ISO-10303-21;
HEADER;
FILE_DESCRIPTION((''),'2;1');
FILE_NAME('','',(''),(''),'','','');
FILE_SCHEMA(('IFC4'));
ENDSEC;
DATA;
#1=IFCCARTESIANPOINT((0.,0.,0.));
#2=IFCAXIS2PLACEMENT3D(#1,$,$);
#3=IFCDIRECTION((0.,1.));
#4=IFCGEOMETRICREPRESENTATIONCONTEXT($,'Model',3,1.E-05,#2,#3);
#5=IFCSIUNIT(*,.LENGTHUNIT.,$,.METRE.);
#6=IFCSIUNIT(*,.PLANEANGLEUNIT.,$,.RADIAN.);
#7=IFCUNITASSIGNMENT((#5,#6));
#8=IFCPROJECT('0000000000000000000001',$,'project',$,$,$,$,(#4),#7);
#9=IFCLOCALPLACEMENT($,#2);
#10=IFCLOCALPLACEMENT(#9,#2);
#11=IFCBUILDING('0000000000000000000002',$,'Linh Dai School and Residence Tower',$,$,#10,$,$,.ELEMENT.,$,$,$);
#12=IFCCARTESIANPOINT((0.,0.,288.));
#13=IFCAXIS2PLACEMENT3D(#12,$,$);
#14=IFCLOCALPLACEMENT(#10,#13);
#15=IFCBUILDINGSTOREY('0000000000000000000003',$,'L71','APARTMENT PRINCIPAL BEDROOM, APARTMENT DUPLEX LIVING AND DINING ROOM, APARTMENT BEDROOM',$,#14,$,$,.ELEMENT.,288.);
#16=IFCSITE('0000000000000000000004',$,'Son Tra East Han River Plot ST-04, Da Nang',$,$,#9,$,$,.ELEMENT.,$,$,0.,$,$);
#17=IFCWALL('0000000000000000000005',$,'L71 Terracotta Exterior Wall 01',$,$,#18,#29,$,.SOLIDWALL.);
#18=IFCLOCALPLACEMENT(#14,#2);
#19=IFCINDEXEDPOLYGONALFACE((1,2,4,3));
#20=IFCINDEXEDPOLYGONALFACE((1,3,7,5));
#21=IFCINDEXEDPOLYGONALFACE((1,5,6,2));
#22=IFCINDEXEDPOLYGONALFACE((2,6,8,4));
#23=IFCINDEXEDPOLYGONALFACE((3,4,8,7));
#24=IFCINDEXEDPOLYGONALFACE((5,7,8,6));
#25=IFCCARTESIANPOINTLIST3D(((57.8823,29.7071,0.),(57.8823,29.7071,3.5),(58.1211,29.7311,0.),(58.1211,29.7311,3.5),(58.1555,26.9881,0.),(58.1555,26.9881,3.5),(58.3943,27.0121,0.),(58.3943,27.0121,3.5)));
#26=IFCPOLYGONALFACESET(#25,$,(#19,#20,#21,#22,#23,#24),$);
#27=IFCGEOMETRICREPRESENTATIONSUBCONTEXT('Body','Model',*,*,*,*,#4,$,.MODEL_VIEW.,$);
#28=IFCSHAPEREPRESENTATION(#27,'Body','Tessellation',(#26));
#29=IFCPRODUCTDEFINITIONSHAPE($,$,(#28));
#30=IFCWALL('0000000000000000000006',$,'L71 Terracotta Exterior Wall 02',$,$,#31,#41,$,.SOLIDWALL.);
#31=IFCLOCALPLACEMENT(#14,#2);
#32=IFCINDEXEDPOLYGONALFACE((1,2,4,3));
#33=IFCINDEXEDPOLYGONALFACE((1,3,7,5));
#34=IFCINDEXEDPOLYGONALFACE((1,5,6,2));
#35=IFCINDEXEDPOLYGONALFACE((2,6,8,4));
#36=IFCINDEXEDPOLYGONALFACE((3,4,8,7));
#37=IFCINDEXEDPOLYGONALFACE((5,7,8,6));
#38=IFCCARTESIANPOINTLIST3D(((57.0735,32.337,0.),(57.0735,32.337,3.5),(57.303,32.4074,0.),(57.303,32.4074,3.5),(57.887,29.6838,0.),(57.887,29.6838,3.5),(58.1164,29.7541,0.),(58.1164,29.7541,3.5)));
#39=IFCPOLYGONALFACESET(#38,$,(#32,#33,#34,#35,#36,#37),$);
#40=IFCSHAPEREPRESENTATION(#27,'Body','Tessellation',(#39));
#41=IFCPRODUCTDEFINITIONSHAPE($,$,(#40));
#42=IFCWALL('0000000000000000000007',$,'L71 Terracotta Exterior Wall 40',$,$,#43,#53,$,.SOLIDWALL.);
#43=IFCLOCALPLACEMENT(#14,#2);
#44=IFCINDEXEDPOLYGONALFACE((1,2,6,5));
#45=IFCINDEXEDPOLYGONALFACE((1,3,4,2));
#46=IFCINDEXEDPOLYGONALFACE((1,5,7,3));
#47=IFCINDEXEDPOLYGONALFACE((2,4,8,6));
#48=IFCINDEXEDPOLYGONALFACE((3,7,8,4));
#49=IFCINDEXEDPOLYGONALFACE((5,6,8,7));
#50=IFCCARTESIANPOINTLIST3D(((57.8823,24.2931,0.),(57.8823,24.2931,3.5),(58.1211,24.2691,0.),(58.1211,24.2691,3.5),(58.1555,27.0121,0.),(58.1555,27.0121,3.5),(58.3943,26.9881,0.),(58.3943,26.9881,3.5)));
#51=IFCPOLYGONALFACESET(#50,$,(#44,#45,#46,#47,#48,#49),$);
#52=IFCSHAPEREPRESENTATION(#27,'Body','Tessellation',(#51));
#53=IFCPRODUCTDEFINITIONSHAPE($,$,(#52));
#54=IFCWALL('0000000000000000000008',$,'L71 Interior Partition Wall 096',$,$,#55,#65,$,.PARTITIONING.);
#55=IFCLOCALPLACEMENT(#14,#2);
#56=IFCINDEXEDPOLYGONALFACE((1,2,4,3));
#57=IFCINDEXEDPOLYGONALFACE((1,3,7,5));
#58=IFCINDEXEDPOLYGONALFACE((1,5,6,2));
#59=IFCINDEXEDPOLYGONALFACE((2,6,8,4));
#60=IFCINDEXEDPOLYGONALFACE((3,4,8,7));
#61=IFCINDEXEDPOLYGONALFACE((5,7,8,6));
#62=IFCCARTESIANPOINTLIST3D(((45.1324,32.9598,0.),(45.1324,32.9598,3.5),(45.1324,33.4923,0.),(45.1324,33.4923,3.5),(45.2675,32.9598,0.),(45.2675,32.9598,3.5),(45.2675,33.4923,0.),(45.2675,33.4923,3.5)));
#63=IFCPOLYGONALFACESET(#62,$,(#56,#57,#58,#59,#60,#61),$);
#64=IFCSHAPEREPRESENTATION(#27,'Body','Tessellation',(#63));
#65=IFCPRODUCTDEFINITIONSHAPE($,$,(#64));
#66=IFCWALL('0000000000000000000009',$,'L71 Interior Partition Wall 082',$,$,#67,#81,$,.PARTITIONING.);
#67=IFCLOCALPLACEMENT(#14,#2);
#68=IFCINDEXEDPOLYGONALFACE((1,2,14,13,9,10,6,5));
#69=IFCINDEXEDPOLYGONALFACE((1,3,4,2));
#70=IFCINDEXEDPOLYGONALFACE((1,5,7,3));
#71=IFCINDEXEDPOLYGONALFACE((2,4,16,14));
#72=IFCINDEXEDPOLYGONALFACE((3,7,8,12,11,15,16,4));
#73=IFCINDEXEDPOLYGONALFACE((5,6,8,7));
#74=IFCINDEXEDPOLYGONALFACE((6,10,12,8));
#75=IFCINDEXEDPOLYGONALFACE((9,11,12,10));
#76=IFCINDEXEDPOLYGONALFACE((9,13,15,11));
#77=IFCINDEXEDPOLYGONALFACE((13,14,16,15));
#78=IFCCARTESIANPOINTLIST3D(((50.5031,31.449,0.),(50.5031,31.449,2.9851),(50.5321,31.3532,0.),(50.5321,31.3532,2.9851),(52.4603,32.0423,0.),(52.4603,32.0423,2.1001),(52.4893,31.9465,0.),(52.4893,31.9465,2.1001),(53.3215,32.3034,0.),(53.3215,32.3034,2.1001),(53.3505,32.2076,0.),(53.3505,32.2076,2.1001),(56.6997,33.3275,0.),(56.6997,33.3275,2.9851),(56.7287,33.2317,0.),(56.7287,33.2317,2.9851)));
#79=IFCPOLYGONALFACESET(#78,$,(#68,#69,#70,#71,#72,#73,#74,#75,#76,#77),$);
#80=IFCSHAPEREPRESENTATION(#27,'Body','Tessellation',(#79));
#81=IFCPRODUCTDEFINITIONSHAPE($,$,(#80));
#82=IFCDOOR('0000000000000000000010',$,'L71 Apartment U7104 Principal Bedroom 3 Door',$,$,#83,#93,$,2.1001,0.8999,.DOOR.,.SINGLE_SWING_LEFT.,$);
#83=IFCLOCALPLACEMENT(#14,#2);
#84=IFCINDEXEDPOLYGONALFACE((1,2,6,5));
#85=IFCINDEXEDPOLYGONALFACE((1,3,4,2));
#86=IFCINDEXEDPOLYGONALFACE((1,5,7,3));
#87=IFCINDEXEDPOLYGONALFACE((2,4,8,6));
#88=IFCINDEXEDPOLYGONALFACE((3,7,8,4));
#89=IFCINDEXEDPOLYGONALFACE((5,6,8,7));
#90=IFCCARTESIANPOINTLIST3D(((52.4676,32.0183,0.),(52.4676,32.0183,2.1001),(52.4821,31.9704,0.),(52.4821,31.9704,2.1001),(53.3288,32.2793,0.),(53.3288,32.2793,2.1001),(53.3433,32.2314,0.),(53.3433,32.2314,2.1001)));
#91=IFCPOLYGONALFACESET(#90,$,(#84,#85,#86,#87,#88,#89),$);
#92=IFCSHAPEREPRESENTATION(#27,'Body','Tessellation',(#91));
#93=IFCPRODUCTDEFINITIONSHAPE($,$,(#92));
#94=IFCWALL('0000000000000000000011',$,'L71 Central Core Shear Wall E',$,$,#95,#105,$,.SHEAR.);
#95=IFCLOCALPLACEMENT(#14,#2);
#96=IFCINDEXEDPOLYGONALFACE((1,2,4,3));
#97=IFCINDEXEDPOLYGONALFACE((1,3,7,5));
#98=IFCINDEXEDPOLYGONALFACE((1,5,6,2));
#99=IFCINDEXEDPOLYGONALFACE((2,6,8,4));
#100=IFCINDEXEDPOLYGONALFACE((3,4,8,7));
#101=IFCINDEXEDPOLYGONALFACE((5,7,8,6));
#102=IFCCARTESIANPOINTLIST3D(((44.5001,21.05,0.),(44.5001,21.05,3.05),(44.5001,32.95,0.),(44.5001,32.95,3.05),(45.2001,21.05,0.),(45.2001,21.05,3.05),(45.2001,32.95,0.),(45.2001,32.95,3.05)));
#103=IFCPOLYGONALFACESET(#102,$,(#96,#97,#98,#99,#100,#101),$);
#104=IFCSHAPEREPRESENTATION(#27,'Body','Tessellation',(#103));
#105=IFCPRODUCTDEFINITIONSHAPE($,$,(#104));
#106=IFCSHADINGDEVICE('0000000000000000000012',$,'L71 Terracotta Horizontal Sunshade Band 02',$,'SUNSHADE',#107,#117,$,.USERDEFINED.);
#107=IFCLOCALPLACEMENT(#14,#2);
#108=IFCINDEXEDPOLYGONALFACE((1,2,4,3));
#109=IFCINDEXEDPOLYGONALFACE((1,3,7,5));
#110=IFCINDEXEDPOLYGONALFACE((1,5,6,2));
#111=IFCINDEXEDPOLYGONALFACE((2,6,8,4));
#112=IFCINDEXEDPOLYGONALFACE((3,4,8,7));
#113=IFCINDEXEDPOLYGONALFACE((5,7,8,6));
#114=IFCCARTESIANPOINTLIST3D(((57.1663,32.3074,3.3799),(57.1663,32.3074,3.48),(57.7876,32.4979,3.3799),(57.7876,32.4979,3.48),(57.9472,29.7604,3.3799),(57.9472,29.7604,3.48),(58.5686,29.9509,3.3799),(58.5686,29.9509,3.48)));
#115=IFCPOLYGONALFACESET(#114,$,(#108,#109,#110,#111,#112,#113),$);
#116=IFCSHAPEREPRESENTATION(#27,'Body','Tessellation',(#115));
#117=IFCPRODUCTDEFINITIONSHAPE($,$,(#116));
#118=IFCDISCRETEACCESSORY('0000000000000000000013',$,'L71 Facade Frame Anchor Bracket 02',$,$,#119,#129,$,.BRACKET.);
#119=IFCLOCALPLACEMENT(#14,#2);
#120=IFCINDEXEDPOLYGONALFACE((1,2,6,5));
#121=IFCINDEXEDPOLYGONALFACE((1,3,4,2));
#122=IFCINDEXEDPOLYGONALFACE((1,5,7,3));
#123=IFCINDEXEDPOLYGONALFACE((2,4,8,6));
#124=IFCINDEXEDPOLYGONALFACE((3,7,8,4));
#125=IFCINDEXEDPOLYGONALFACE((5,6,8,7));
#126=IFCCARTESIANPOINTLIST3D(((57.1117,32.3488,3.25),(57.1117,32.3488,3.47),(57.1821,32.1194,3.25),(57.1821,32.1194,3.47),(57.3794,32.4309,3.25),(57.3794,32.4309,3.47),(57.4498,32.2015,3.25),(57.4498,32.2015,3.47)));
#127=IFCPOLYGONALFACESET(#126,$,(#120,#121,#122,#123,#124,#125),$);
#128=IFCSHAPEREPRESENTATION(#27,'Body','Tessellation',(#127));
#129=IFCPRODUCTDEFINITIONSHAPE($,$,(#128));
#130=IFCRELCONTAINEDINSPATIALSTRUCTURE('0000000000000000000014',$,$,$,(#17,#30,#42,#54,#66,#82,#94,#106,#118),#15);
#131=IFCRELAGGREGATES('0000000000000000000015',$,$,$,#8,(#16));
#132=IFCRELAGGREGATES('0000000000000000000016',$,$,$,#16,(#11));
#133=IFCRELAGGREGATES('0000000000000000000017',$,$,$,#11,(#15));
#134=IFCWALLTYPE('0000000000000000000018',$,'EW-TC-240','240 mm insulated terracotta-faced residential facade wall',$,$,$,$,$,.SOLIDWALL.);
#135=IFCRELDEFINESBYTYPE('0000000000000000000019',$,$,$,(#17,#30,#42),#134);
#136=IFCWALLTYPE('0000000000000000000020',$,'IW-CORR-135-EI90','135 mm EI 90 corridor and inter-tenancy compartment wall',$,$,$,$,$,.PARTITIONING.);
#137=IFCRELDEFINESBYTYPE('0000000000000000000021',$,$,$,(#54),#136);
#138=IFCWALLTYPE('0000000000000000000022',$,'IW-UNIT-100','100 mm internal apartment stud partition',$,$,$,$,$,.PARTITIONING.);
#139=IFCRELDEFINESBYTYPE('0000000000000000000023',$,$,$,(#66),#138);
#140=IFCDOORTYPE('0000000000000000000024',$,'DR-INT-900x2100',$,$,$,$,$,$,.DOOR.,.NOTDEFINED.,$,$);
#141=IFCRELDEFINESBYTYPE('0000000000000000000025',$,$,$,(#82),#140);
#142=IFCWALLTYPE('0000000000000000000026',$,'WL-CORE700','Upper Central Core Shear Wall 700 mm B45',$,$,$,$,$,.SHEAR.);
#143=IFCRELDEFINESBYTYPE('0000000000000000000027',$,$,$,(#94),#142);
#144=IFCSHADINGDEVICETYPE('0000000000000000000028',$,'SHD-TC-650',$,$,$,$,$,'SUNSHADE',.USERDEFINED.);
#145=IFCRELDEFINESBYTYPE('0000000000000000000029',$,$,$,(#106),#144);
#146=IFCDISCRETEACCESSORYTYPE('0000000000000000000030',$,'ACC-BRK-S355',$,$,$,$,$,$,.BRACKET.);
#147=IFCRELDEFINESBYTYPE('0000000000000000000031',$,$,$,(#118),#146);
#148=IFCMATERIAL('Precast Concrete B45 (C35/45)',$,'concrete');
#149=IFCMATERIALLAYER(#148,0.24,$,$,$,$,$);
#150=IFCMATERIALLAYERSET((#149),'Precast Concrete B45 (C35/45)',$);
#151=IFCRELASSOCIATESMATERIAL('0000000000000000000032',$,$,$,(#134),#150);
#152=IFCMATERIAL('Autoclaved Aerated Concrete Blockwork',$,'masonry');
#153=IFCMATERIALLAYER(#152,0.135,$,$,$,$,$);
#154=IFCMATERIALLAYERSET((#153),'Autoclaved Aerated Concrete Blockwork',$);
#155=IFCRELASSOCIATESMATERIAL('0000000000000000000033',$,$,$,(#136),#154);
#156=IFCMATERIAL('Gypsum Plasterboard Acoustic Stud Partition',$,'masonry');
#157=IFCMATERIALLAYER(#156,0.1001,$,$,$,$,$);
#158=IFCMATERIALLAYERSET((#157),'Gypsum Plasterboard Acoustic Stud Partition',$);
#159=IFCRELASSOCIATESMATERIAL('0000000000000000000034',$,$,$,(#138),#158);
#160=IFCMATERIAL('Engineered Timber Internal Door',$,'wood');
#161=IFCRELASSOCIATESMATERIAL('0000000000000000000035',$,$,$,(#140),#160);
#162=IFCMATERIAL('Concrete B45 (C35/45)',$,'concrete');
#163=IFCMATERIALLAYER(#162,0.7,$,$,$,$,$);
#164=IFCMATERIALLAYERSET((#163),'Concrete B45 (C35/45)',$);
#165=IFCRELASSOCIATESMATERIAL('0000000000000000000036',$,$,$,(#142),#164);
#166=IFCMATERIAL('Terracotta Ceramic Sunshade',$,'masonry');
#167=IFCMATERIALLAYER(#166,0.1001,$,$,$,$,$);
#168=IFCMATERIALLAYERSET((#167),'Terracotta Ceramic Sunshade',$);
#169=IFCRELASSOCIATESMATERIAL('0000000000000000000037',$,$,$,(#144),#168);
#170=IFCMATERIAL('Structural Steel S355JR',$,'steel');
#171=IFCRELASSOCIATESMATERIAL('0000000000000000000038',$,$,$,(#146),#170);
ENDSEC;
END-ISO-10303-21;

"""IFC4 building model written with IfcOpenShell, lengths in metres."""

from ifc_helpers import new_model, si_unit, direction, frame, frame_2d, origin, origin_2d, place, context, subcontext, project, spatial, rectangle, extrude, source, transform, mapped, material, layer, layer_set, type_object, element, fill, save


model = new_model("IFC4")

# Units and contexts
model_context = context("Model", 3, precision=1e-05, world=origin(), true_north=direction((0.0, 1.0)))
body_context = subcontext(model_context, "Body", "Model", "MODEL_VIEW")
ifc_project = project(units=[si_unit("LENGTHUNIT", "METRE"), si_unit("PLANEANGLEUNIT", "RADIAN")], contexts=[model_context])

# Site, building, storey
site_placement = place(None, origin())
site = spatial("IfcSite", under=ifc_project, at=site_placement, Name="Son Tra East Han River Plot ST-04, Da Nang", CompositionType="ELEMENT", RefElevation=0.0)
building_placement = place(site_placement, origin())
building = spatial("IfcBuilding", under=site, at=building_placement, Name="Linh Dai School and Residence Tower", CompositionType="ELEMENT")
storey_placement = place(building_placement, frame((0.0, 0.0, 288.0)))
storey = spatial("IfcBuildingStorey", under=building, at=storey_placement, Name="L71", Description="APARTMENT PRINCIPAL BEDROOM, APARTMENT DUPLEX LIVING AND DINING ROOM, APARTMENT BEDROOM", CompositionType="ELEMENT", Elevation=288.0)

# Shared definitions
ifc_material_1 = material(Name="Structural Steel S355JR", Category="steel")

# Shared definitions
ifc_material_2 = material(Name="Precast Concrete B45 (C35/45)", Category="concrete")

# Walls
ifc_layer_1 = layer(ifc_material_2, 0.24)
ifc_layer_set_1 = layer_set([ifc_layer_1], Name="Precast Concrete B45 (C35/45)")
wall_type_1 = type_object("IfcWallType", Name="EW-TC-240", Description="240 mm insulated terracotta-faced residential facade wall", PredefinedType="SOLIDWALL", material=ifc_layer_set_1)
wall_1_placement = place(storey_placement, frame((58.0017, 29.719, 0.0), z_axis=(0.0, 0.0, 1.0), x_axis=(0.099973, -0.99499, 0.0)))
element("IfcWall", 1, at=wall_1_placement, inside=storey, type_object=wall_type_1, Name="L71 Terracotta Exterior Wall 01", PredefinedType="SOLIDWALL", context=body_context, shape_type="SweptSolid", body=[
    extrude(rectangle(XDim=2.7327, YDim=0.24, at=frame_2d((1.3662, 0.0))), origin(), (0.0, 0.0, 1.0), 3.5),
])
wall_2_placement = place(storey_placement, frame((57.1882, 32.3723, 0.0), z_axis=(0.0, 0.0, 1.0), x_axis=(0.293121, -0.956075, 0.0)))
element("IfcWall", 2, at=wall_2_placement, inside=storey, type_object=wall_type_1, Name="L71 Terracotta Exterior Wall 02", PredefinedType="SOLIDWALL", context=body_context, shape_type="SweptSolid", body=[
    extrude(rectangle(XDim=2.7751, YDim=0.24, at=frame_2d((1.3877, 0.0))), origin(), (0.0, 0.0, 1.0), 3.5),
])
wall_3_placement = place(storey_placement, frame((58.2749, 27.0, 0.0), z_axis=(0.0, 0.0, 1.0), x_axis=(-0.099973, -0.99499, 0.0)))
element("IfcWall", 3, at=wall_3_placement, inside=storey, type_object=wall_type_1, Name="L71 Terracotta Exterior Wall 40", PredefinedType="SOLIDWALL", context=body_context, shape_type="SweptSolid", body=[
    extrude(rectangle(XDim=2.7327, YDim=0.24, at=frame_2d((1.3662, 0.0))), origin(), (0.0, 0.0, 1.0), 3.5),
])
ifc_material_3 = material(Name="Autoclaved Aerated Concrete Blockwork", Category="masonry")
ifc_layer_2 = layer(ifc_material_3, 0.135)
ifc_layer_set_2 = layer_set([ifc_layer_2], Name="Autoclaved Aerated Concrete Blockwork")
wall_type_2 = type_object("IfcWallType", Name="IW-CORR-135-EI90", Description="135 mm EI 90 corridor and inter-tenancy compartment wall", PredefinedType="PARTITIONING", material=ifc_layer_set_2)
wall_4_placement = place(storey_placement, frame((45.2, 32.96, 0.0), z_axis=(0.0, 0.0, 1.0), x_axis=(0.0, 1.0, 0.0)))
element("IfcWall", 4, at=wall_4_placement, inside=storey, type_object=wall_type_2, Name="L71 Interior Partition Wall 096", PredefinedType="PARTITIONING", context=body_context, shape_type="SweptSolid", body=[
    extrude(rectangle(XDim=0.5325, YDim=0.135, at=frame_2d((0.2661, 0.0))), origin(), (0.0, 0.0, 1.0), 3.5),
])

# Wall, opening, door
ifc_material_4 = material(Name="Gypsum Plasterboard Acoustic Stud Partition", Category="masonry")
ifc_layer_3 = layer(ifc_material_4, 0.1001)
ifc_layer_set_3 = layer_set([ifc_layer_3], Name="Gypsum Plasterboard Acoustic Stud Partition")
wall_type_3 = type_object("IfcWallType", Name="IW-UNIT-100", Description="100 mm internal apartment stud partition", PredefinedType="PARTITIONING", material=ifc_layer_set_3)
wall_5_placement = place(storey_placement, frame((50.5176, 31.4011, 0.0), z_axis=(0.0, 0.0, 1.0), x_axis=(0.956995, 0.290104, 0.0)))
wall_5 = element("IfcWall", 5, at=wall_5_placement, inside=storey, type_object=wall_type_3, Name="L71 Interior Partition Wall 082", PredefinedType="PARTITIONING", context=body_context, shape_type="SweptSolid", body=[
    extrude(rectangle(XDim=6.4751, YDim=0.1001, at=frame_2d((3.2375, 0.0))), origin(), (0.0, 0.0, 1.0), 2.9851),
])
opening_placement = place(wall_5_placement, frame((2.0452, 0.0, 0.0)))
opening = element("IfcOpeningElement", 6, at=opening_placement, cuts=wall_5, PredefinedType="OPENING", context=body_context, shape_type="SweptSolid", body=[
    extrude(rectangle(XDim=0.8999, YDim=2.1001, at=origin_2d()), frame((0.45, 0.0601, 1.05), z_axis=(0.0, -1.0, 0.0), x_axis=(1.0, 0.0, 0.0)), (0.0, 0.0, 1.0), 0.1201),
])
ifc_material_5 = material(Name="Engineered Timber Internal Door", Category="wood")
door_type = type_object("IfcDoorType", Name="DR-INT-900x2100", OperationType="NOTDEFINED", PredefinedType="DOOR", material=ifc_material_5)
shared_shape_1 = source(origin(), body_context, "Body", "SweptSolid", [
    extrude(rectangle(XDim=0.8999, YDim=2.1001, at=origin_2d()), frame((0.45, 0.0249, 1.05), z_axis=(0.0, -1.0, 0.0), x_axis=(1.0, 0.0, 0.0)), (0.0, 0.0, 1.0), 0.05),
])
door_placement = place(opening_placement, origin())
door = element("IfcDoor", 7, at=door_placement, inside=storey, type_object=door_type, Name="L71 Apartment U7104 Principal Bedroom 3 Door", OperationType="SINGLE_SWING_LEFT", OverallHeight=2.1001, OverallWidth=0.8999, PredefinedType="DOOR", context=body_context, shape_type="MappedRepresentation", body=[
    mapped(shared_shape_1, transform((0.0, 0.0, 0.0), x_axis=(1.0, 0.0, 0.0), y_axis=(0.0, 1.0, 0.0), z_axis=(0.0, 0.0, 1.0), scale=1.0)),
])
fill(opening, door)

# Wall
ifc_material_6 = material(Name="Concrete B45 (C35/45)", Category="concrete")
ifc_layer_4 = layer(ifc_material_6, 0.7)
ifc_layer_set_4 = layer_set([ifc_layer_4], Name="Concrete B45 (C35/45)")
wall_type_4 = type_object("IfcWallType", Name="WL-CORE700", Description="Upper Central Core Shear Wall 700 mm B45", PredefinedType="SHEAR", material=ifc_layer_set_4)
wall_6_placement = place(storey_placement, frame((44.8501, 32.95, 0.0), z_axis=(0.0, 0.0, 1.0), x_axis=(0.0, -1.0, 0.0)))
element("IfcWall", 8, at=wall_6_placement, inside=storey, type_object=wall_type_4, Name="L71 Central Core Shear Wall E", PredefinedType="SHEAR", context=body_context, shape_type="SweptSolid", body=[
    extrude(rectangle(XDim=11.8999, YDim=0.7, at=frame_2d((5.95, 0.0))), origin(), (0.0, 0.0, 1.0), 3.05),
])

# Shading device
ifc_material_7 = material(Name="Terracotta Ceramic Sunshade", Category="masonry")
ifc_layer_5 = layer(ifc_material_7, 0.1001)
ifc_layer_set_5 = layer_set([ifc_layer_5], Name="Terracotta Ceramic Sunshade")
shading_device_type = type_object("IfcShadingDeviceType", Name="SHD-TC-650", ElementType="SUNSHADE", PredefinedType="USERDEFINED", material=ifc_layer_set_5)
shared_shape_2 = source(origin(), body_context, "Body", "SweptSolid", [
    extrude(rectangle(XDim=2.6641, YDim=0.6499, at=origin_2d()), origin(), (0.0, 0.0, 1.0), 0.1001),
])
shading_device_placement = place(storey_placement, frame((57.8674, 31.1292, 3.3799), z_axis=(0.0, 0.0, 1.0), x_axis=(0.293141, -0.956069, 0.0)))
element("IfcShadingDevice", 9, at=shading_device_placement, inside=storey, type_object=shading_device_type, Name="L71 Terracotta Horizontal Sunshade Band 02", ObjectType="SUNSHADE", PredefinedType="USERDEFINED", context=body_context, shape_type="MappedRepresentation", body=[
    mapped(shared_shape_2, transform((0.0, 0.0, 0.0), x_axis=(1.0, 0.0, 0.0), y_axis=(0.0, 1.0, 0.0), z_axis=(0.0, 0.0, 1.0), scale=1.0)),
])

# Discrete accessory
discrete_accessory_type = type_object("IfcDiscreteAccessoryType", Name="ACC-BRK-S355", PredefinedType="BRACKET", material=ifc_material_1)
shared_shape_3 = source(origin(), body_context, "Body", "SweptSolid", [
    extrude(rectangle(XDim=0.28, YDim=0.24, at=origin_2d()), origin(), (0.0, 0.0, 1.0), 0.22),
])
discrete_accessory_placement = place(storey_placement, frame((57.2808, 32.2751, 3.25), z_axis=(0.0, 0.0, 1.0), x_axis=(0.956069, 0.293141, 0.0)))
element("IfcDiscreteAccessory", 10, at=discrete_accessory_placement, inside=storey, type_object=discrete_accessory_type, Name="L71 Facade Frame Anchor Bracket 02", PredefinedType="BRACKET", context=body_context, shape_type="MappedRepresentation", body=[
    mapped(shared_shape_3, transform((0.0, 0.0, 0.0), x_axis=(1.0, 0.0, 0.0), y_axis=(0.0, 1.0, 0.0), z_axis=(0.0, 0.0, 1.0), scale=1.0)),
])

save(model, "model.ifc")
